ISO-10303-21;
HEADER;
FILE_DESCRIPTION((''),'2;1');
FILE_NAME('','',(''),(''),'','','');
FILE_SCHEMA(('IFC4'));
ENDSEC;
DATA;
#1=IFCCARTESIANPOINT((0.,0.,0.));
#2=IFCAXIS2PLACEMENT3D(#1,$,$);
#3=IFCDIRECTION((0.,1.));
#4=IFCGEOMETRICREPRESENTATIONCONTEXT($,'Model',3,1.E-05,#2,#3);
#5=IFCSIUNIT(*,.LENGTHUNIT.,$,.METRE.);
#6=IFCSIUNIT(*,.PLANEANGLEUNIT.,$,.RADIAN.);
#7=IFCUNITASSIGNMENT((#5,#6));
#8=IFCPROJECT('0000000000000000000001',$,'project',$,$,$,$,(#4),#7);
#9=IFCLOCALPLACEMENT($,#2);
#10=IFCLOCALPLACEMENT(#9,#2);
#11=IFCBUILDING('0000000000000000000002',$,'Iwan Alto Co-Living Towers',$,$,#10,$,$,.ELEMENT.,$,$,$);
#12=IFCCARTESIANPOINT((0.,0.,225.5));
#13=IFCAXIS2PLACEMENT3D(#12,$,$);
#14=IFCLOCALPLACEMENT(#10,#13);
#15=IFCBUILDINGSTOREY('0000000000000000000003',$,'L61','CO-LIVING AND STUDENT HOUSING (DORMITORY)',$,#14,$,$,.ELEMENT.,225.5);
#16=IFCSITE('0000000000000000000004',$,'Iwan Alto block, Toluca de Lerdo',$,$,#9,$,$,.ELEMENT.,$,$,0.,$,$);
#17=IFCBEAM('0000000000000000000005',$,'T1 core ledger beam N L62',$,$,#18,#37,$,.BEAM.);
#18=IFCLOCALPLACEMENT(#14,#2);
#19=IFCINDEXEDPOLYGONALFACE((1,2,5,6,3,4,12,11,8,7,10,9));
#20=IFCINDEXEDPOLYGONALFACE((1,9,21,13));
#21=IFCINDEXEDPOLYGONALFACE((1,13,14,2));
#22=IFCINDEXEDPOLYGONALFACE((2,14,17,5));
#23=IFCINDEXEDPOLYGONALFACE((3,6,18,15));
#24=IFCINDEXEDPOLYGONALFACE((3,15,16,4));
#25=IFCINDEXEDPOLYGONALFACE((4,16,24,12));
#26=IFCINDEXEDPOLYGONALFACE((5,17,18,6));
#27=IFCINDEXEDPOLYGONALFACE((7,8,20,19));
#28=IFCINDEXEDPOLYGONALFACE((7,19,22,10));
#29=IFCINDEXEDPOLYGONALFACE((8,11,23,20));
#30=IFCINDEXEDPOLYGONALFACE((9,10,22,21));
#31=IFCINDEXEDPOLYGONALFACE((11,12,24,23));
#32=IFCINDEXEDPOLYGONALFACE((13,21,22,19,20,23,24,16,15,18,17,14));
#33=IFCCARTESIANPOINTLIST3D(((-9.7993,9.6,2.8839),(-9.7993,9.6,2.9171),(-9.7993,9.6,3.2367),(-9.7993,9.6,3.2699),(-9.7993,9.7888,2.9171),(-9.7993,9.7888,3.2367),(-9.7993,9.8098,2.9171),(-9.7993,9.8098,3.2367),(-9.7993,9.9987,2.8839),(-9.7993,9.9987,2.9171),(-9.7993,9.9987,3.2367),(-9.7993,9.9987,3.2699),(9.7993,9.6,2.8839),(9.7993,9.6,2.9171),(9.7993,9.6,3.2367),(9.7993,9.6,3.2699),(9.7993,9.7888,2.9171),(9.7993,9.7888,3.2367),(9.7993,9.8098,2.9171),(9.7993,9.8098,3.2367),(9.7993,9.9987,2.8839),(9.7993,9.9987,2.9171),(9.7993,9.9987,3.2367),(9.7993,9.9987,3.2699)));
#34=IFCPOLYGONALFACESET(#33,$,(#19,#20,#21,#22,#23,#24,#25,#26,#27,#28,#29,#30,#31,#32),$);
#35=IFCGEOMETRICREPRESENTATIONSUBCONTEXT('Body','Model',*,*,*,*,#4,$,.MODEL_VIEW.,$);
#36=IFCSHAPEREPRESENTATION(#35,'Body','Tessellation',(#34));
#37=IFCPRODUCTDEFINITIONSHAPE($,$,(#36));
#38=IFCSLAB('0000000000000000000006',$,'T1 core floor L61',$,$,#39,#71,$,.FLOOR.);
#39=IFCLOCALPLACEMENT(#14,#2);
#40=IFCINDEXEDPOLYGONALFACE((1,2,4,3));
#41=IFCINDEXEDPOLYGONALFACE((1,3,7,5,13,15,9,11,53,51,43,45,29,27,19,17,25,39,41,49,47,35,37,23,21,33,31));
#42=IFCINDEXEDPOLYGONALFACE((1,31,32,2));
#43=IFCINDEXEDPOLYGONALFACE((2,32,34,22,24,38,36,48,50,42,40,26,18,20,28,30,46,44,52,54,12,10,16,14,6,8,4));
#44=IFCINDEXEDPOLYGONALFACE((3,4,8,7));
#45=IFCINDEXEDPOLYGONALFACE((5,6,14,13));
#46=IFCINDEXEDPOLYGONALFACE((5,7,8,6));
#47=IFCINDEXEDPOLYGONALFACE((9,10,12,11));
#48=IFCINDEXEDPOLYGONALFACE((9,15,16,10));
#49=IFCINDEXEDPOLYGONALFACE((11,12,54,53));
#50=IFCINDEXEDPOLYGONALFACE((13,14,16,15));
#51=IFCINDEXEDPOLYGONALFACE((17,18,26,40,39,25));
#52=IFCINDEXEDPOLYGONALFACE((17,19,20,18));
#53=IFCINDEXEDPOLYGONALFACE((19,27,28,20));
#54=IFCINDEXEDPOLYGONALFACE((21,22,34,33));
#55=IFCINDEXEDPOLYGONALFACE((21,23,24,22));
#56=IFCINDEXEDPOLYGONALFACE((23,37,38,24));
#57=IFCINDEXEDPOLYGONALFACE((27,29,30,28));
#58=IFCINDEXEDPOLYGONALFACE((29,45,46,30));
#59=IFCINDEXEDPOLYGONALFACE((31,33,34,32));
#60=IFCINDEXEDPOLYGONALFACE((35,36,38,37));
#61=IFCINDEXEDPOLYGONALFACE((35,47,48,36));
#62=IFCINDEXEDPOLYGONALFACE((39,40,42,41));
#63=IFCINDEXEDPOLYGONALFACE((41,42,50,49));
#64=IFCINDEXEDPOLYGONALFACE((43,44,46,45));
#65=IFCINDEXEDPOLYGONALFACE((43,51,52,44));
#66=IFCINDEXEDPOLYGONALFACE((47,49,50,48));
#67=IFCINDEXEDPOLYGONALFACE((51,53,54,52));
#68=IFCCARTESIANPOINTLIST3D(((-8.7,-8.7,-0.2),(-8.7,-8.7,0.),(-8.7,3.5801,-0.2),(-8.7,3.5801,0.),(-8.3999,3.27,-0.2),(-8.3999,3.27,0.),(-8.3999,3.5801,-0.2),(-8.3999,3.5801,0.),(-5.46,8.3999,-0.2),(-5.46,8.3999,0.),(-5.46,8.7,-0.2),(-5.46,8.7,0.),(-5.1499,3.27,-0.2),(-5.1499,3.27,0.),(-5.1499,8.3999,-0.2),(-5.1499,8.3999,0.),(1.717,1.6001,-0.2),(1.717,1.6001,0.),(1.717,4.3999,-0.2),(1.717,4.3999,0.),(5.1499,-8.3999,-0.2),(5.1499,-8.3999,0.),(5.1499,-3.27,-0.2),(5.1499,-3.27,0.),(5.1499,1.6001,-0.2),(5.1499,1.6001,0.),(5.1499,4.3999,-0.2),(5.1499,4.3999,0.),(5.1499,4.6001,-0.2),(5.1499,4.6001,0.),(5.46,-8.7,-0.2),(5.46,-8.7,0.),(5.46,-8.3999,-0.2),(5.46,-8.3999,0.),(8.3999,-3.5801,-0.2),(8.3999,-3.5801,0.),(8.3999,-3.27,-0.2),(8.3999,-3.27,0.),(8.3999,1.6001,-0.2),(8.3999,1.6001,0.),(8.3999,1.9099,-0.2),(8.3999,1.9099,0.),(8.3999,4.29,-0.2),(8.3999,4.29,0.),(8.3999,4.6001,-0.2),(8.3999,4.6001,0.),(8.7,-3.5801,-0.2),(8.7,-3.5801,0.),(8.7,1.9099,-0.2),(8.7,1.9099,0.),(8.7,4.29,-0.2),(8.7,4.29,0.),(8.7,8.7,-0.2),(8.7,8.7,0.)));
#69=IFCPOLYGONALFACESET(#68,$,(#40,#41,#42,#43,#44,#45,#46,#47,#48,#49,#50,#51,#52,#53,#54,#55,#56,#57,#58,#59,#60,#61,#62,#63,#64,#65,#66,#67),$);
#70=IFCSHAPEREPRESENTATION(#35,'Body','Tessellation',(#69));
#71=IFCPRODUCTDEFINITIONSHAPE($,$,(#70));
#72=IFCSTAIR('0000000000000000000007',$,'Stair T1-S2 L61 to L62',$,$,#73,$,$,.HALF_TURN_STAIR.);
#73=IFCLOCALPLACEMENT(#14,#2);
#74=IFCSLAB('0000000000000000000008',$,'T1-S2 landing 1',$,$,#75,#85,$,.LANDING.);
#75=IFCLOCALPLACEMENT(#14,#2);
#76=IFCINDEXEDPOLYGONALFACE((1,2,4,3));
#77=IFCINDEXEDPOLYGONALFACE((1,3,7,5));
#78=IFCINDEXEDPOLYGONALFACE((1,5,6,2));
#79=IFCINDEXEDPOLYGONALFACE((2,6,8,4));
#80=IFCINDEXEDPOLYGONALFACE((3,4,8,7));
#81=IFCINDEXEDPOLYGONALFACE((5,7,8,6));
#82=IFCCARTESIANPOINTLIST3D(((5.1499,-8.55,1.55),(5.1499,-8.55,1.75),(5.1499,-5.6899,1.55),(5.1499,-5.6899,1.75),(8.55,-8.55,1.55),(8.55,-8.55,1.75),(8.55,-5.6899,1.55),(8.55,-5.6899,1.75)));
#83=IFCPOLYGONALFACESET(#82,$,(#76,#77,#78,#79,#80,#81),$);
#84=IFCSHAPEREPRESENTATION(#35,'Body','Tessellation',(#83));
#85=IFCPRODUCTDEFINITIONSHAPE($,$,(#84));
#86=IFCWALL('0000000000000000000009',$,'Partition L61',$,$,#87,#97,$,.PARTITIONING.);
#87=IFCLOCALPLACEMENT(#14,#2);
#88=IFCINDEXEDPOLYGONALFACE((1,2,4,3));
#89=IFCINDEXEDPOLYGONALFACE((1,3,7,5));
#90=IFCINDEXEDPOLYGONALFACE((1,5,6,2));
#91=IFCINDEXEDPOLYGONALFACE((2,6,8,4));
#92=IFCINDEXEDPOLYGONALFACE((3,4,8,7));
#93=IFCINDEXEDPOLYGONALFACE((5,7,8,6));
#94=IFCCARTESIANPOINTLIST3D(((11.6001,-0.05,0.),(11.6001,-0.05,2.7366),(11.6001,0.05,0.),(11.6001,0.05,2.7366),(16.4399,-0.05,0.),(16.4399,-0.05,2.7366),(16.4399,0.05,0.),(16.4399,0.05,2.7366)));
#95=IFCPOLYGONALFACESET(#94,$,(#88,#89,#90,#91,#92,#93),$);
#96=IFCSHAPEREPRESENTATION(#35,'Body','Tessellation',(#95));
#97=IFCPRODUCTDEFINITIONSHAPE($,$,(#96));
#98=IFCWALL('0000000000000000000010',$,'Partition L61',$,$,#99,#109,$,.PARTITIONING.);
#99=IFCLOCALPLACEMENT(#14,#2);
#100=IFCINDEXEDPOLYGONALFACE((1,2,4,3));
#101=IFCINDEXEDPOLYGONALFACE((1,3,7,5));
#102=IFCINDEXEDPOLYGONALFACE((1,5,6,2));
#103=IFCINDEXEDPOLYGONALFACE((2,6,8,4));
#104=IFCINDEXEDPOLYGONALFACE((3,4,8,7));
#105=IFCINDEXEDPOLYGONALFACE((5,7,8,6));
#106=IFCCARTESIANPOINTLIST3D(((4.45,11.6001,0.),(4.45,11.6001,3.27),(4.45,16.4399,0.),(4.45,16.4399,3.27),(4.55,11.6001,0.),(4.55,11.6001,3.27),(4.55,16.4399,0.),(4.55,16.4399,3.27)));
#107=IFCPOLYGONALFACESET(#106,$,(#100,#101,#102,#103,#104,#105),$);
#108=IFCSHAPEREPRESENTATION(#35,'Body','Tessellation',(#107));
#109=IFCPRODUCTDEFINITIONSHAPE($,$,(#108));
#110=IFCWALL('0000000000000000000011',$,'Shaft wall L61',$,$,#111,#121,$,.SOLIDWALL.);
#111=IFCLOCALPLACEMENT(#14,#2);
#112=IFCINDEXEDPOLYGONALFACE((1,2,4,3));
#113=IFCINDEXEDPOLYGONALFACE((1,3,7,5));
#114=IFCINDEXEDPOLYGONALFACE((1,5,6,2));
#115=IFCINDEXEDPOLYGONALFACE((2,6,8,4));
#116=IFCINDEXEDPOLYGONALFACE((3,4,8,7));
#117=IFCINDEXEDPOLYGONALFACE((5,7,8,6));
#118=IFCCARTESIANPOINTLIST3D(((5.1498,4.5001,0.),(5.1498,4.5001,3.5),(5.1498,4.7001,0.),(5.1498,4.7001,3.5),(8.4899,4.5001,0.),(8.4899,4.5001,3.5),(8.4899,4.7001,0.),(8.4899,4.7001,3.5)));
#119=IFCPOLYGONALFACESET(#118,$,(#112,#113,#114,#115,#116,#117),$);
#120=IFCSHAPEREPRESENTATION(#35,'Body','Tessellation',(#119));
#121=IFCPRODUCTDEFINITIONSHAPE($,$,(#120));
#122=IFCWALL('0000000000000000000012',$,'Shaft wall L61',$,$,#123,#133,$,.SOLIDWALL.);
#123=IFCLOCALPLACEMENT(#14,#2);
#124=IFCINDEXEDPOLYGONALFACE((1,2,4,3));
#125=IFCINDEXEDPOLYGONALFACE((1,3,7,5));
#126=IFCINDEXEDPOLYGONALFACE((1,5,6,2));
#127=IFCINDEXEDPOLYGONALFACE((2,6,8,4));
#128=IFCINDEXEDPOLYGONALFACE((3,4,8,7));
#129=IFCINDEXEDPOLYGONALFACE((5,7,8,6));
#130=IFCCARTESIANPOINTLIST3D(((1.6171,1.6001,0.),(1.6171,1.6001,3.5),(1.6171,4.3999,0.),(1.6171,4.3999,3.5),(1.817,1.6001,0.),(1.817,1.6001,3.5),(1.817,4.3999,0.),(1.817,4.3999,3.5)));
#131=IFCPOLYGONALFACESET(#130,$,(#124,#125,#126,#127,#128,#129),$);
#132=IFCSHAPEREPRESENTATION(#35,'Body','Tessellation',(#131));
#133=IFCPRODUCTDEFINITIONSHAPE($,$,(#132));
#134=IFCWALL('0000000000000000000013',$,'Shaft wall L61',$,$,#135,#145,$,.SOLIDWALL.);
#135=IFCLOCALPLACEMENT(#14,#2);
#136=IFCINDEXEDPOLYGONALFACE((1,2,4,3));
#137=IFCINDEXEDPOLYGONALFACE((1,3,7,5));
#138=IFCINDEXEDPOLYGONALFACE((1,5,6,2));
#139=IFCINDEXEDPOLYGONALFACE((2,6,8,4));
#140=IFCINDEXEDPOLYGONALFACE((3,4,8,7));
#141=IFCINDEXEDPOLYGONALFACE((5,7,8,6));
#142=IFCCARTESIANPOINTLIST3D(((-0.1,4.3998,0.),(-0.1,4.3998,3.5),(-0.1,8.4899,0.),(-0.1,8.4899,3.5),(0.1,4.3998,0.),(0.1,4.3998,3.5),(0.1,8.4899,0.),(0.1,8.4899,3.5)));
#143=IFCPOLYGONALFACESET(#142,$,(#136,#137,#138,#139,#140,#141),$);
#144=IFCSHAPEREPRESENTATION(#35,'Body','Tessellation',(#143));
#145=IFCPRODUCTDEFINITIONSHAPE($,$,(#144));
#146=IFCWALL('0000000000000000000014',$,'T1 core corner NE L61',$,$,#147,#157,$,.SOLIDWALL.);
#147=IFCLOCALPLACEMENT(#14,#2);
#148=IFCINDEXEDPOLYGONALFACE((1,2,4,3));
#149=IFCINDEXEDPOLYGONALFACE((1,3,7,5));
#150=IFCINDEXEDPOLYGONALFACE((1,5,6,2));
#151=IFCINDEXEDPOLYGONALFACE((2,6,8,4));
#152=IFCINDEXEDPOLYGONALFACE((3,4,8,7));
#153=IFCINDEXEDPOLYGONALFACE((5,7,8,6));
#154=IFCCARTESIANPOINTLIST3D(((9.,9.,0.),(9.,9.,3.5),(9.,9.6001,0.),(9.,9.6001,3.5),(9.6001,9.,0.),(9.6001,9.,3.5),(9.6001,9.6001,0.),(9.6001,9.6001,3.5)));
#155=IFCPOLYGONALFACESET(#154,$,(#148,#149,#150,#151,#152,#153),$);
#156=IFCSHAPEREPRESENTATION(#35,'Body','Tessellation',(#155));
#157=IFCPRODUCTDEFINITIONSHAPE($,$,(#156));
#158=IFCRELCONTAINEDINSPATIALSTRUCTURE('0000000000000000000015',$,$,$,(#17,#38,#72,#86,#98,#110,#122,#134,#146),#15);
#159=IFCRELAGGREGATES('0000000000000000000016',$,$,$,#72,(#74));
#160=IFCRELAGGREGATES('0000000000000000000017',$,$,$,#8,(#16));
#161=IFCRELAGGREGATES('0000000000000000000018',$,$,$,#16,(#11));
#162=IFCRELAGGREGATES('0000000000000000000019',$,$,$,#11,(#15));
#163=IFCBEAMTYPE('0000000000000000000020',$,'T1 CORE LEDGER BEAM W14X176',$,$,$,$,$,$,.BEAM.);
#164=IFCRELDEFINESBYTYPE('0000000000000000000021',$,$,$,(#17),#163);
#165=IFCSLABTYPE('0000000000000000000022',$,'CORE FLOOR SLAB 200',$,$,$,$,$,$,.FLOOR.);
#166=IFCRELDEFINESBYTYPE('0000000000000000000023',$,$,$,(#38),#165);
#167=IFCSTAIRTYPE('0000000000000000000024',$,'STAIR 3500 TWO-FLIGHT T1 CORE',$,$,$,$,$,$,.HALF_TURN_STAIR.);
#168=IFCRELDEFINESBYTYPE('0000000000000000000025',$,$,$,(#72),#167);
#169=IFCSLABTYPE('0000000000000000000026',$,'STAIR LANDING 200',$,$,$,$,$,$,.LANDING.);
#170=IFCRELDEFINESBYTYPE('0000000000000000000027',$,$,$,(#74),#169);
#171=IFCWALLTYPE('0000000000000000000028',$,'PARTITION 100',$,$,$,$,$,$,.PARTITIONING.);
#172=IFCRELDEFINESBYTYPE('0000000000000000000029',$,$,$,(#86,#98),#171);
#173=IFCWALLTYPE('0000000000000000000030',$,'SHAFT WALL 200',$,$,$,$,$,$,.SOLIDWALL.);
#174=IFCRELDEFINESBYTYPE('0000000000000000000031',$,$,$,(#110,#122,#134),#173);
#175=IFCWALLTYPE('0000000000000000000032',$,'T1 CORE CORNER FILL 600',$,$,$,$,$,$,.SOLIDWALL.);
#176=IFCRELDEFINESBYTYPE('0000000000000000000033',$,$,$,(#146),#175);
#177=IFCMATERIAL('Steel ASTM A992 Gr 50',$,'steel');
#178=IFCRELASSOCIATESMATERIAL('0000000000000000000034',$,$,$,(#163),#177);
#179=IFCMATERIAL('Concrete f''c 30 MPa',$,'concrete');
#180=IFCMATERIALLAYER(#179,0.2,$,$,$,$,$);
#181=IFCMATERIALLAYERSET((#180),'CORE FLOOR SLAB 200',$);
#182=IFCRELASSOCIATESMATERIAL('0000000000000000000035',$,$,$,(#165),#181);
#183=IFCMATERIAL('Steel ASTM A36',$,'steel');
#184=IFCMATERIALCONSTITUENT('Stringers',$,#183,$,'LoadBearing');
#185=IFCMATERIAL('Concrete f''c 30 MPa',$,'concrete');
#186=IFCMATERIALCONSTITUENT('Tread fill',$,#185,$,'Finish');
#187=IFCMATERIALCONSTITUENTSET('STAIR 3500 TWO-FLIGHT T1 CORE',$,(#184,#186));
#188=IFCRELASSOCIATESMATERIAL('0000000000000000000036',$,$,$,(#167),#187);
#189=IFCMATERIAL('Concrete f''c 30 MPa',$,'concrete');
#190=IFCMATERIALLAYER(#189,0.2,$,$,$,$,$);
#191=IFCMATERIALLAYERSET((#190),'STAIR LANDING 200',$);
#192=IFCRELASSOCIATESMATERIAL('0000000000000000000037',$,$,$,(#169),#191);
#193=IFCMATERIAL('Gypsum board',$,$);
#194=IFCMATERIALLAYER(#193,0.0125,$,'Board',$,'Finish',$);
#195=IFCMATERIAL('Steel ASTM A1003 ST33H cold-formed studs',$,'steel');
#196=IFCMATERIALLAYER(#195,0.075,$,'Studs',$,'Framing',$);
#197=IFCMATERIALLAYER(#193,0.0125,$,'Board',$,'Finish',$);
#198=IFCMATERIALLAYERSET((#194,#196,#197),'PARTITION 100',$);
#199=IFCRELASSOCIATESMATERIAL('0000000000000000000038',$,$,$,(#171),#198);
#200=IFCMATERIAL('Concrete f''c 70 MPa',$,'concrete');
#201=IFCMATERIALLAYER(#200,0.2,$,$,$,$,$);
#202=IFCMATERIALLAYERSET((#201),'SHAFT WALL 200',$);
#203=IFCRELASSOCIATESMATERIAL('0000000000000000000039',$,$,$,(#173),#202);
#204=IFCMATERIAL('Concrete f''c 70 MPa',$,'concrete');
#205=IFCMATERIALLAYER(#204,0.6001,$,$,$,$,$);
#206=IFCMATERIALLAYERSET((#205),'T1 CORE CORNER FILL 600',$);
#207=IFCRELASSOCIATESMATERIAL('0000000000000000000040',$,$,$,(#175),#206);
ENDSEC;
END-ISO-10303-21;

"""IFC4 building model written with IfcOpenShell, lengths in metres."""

from ifc_helpers import new_model, si_unit, direction, frame, frame_2d, origin, origin_2d, place, context, subcontext, project, spatial, polyline, rectangle, i_section, outline, extrude, material, layer, layer_set, constituent, constituent_set, material_profile, profile_set, type_object, element, aggregate, save


model = new_model("IFC4")

# Units and contexts
model_context = context("Model", 3, precision=1e-05, world=origin(), true_north=direction((0.0, 1.0)))
body_context = subcontext(model_context, "Body", "Model", "MODEL_VIEW")
ifc_project = project(units=[si_unit("LENGTHUNIT", "METRE"), si_unit("PLANEANGLEUNIT", "RADIAN")], contexts=[model_context])

# Site, building, storey
site_placement = place(None, origin())
site = spatial("IfcSite", under=ifc_project, at=site_placement, Name="Iwan Alto block, Toluca de Lerdo", CompositionType="ELEMENT", RefElevation=0.0)
building_placement = place(site_placement, origin())
building = spatial("IfcBuilding", under=site, at=building_placement, Name="Iwan Alto Co-Living Towers", CompositionType="ELEMENT")
storey_placement = place(building_placement, frame((0.0, 0.0, 225.5)))
storey = spatial("IfcBuildingStorey", under=building, at=storey_placement, Name="L61", Description="CO-LIVING AND STUDENT HOUSING (DORMITORY)", CompositionType="ELEMENT", Elevation=225.5)

# Beam
ifc_material_1 = material(Name="Steel ASTM A992 Gr 50", Category="steel")
ifc_material_profile = material_profile(ifc_material_1, i_section(OverallWidth=0.3987, OverallDepth=0.386, WebThickness=0.021, FlangeThickness=0.0332, at=origin_2d()), Name="W14X176")
ifc_profile_set = profile_set([ifc_material_profile], Name="Steel ASTM A992 Gr 50")
beam_type = type_object("IfcBeamType", Name="T1 CORE LEDGER BEAM W14X176", PredefinedType="BEAM", material=ifc_profile_set)
beam_placement = place(storey_placement, frame((9.7993, 9.7993, 3.0769), z_axis=(-1.0, 0.0, 0.0), x_axis=(0.0, -1.0, 0.0)))
element("IfcBeam", 1, at=beam_placement, inside=storey, type_object=beam_type, Name="T1 core ledger beam N L62", PredefinedType="BEAM", context=body_context, shape_type="SweptSolid", body=[
    extrude(i_section(OverallWidth=0.3987, OverallDepth=0.386, WebThickness=0.021, FlangeThickness=0.0332, at=origin_2d()), origin(), (0.0, 0.0, 1.0), 19.5986),
])

# Slab
ifc_material_2 = material(Name="Concrete f'c 30 MPa", Category="concrete")
ifc_layer_1 = layer(ifc_material_2, 0.2)
ifc_layer_set_1 = layer_set([ifc_layer_1], Name="CORE FLOOR SLAB 200")
slab_type_1 = type_object("IfcSlabType", Name="CORE FLOOR SLAB 200", PredefinedType="FLOOR", material=ifc_layer_set_1)
slab_1_placement = place(storey_placement, frame((0.0, 0.0, -0.2)))
element("IfcSlab", 2, at=slab_1_placement, inside=storey, type_object=slab_type_1, Name="T1 core floor L61", PredefinedType="FLOOR", context=body_context, shape_type="SweptSolid", body=[
    extrude(outline(polyline([(-8.7, 3.5801), (-8.3999, 3.5801), (-8.3999, 3.27), (-5.1499, 3.27), (-5.1499, 8.3999), (-5.46, 8.3999), (-5.46, 8.7), (8.7, 8.7), (8.7, 4.29), (8.3999, 4.29), (8.3999, 4.6001), (5.1499, 4.6001), (5.1499, 4.3999), (1.717, 4.3999), (1.717, 1.6001), (5.1499, 1.6001), (8.3999, 1.6001), (8.3999, 1.9099), (8.7, 1.9099), (8.7, -3.5801), (8.3999, -3.5801), (8.3999, -3.27), (5.1499, -3.27), (5.1499, -8.3999), (5.46, -8.3999), (5.46, -8.7), (-8.7, -8.7), (-8.7, 3.5801)])), origin(), (0.0, 0.0, 1.0), 0.2),
])

# Stair, slab
ifc_material_3 = material(Name="Steel ASTM A36", Category="steel")
ifc_constituent_1 = constituent(ifc_material_3, Name="Stringers", Category="LoadBearing")
ifc_material_4 = material(Name="Concrete f'c 30 MPa", Category="concrete")
ifc_constituent_2 = constituent(ifc_material_4, Name="Tread fill", Category="Finish")
ifc_constituent_set = constituent_set(constituents=[ifc_constituent_1, ifc_constituent_2], Name="STAIR 3500 TWO-FLIGHT T1 CORE")
stair_type = type_object("IfcStairType", Name="STAIR 3500 TWO-FLIGHT T1 CORE", PredefinedType="HALF_TURN_STAIR", material=ifc_constituent_set)
stair_placement = place(storey_placement, origin())
stair = element("IfcStair", 3, at=stair_placement, inside=storey, type_object=stair_type, Name="Stair T1-S2 L61 to L62", PredefinedType="HALF_TURN_STAIR")
ifc_material_5 = material(Name="Concrete f'c 30 MPa", Category="concrete")
ifc_layer_2 = layer(ifc_material_5, 0.2)
ifc_layer_set_2 = layer_set([ifc_layer_2], Name="STAIR LANDING 200")
slab_type_2 = type_object("IfcSlabType", Name="STAIR LANDING 200", PredefinedType="LANDING", material=ifc_layer_set_2)
slab_2_placement = place(storey_placement, frame((0.0, 0.0, 1.55)))
slab_2 = element("IfcSlab", 4, at=slab_2_placement, type_object=slab_type_2, Name="T1-S2 landing 1", PredefinedType="LANDING", context=body_context, shape_type="SweptSolid", body=[
    extrude(outline(polyline([(5.1499, -5.6899), (5.1499, -8.55), (8.55, -8.55), (8.55, -5.6899), (5.1499, -5.6899)])), origin(), (0.0, 0.0, 1.0), 0.2),
])
aggregate(stair, [slab_2])

# Walls
ifc_material_6 = material(Name="Gypsum board")
ifc_layer_3 = layer(ifc_material_6, 0.0125, Name="Board", Category="Finish")
ifc_material_7 = material(Name="Steel ASTM A1003 ST33H cold-formed studs", Category="steel")
ifc_layer_4 = layer(ifc_material_7, 0.075, Name="Studs", Category="Framing")
ifc_layer_5 = layer(ifc_material_6, 0.0125, Name="Board", Category="Finish")
ifc_layer_set_3 = layer_set([ifc_layer_3, ifc_layer_4, ifc_layer_5], Name="PARTITION 100")
wall_type_1 = type_object("IfcWallType", Name="PARTITION 100", PredefinedType="PARTITIONING", material=ifc_layer_set_3)
wall_1_placement = place(storey_placement, frame((11.6001, 0.0, 0.0), z_axis=(0.0, 0.0, 1.0), x_axis=(1.0, 0.0, 0.0)))
element("IfcWall", 5, at=wall_1_placement, inside=storey, type_object=wall_type_1, Name="Partition L61", PredefinedType="PARTITIONING", context=body_context, shape_type="SweptSolid", body=[
    extrude(rectangle(XDim=4.8398, YDim=0.1001, at=frame_2d((2.4199, 0.0))), origin(), (0.0, 0.0, 1.0), 2.7366),
])
wall_2_placement = place(storey_placement, frame((4.5, 11.6001, 0.0), z_axis=(0.0, 0.0, 1.0), x_axis=(0.0, 1.0, 0.0)))
element("IfcWall", 6, at=wall_2_placement, inside=storey, type_object=wall_type_1, Name="Partition L61", PredefinedType="PARTITIONING", context=body_context, shape_type="SweptSolid", body=[
    extrude(rectangle(XDim=4.8398, YDim=0.1001, at=frame_2d((2.4199, 0.0))), origin(), (0.0, 0.0, 1.0), 3.27),
])
ifc_material_8 = material(Name="Concrete f'c 70 MPa", Category="concrete")
ifc_layer_6 = layer(ifc_material_8, 0.2)
ifc_layer_set_4 = layer_set([ifc_layer_6], Name="SHAFT WALL 200")
wall_type_2 = type_object("IfcWallType", Name="SHAFT WALL 200", PredefinedType="SOLIDWALL", material=ifc_layer_set_4)
wall_3_placement = place(storey_placement, frame((5.1499, 4.6001, 0.0), z_axis=(0.0, 0.0, 1.0), x_axis=(1.0, 0.0, 0.0)))
element("IfcWall", 7, at=wall_3_placement, inside=storey, type_object=wall_type_2, Name="Shaft wall L61", PredefinedType="SOLIDWALL", context=body_context, shape_type="SweptSolid", body=[
    extrude(rectangle(XDim=3.3401, YDim=0.2, at=frame_2d((1.6699, 0.0))), origin(), (0.0, 0.0, 1.0), 3.5),
])
wall_4_placement = place(storey_placement, frame((1.717, 1.6001, 0.0), z_axis=(0.0, 0.0, 1.0), x_axis=(0.0, 1.0, 0.0)))
element("IfcWall", 8, at=wall_4_placement, inside=storey, type_object=wall_type_2, Name="Shaft wall L61", PredefinedType="SOLIDWALL", context=body_context, shape_type="SweptSolid", body=[
    extrude(rectangle(XDim=2.7998, YDim=0.2, at=frame_2d((1.3999, 0.0))), origin(), (0.0, 0.0, 1.0), 3.5),
])
wall_5_placement = place(storey_placement, frame((0.0, 4.3999, 0.0), z_axis=(0.0, 0.0, 1.0), x_axis=(0.0, 1.0, 0.0)))
element("IfcWall", 9, at=wall_5_placement, inside=storey, type_object=wall_type_2, Name="Shaft wall L61", PredefinedType="SOLIDWALL", context=body_context, shape_type="SweptSolid", body=[
    extrude(rectangle(XDim=4.0901, YDim=0.2, at=frame_2d((2.0449, 0.0))), origin(), (0.0, 0.0, 1.0), 3.5),
])
ifc_material_9 = material(Name="Concrete f'c 70 MPa", Category="concrete")
ifc_layer_7 = layer(ifc_material_9, 0.6001)
ifc_layer_set_5 = layer_set([ifc_layer_7], Name="T1 CORE CORNER FILL 600")
wall_type_3 = type_object("IfcWallType", Name="T1 CORE CORNER FILL 600", PredefinedType="SOLIDWALL", material=ifc_layer_set_5)
wall_6_placement = place(storey_placement, frame((9.0, 9.3, 0.0), z_axis=(0.0, 0.0, 1.0), x_axis=(1.0, 0.0, 0.0)))
element("IfcWall", 10, at=wall_6_placement, inside=storey, type_object=wall_type_3, Name="T1 core corner NE L61", PredefinedType="SOLIDWALL", context=body_context, shape_type="SweptSolid", body=[
    extrude(rectangle(XDim=0.6001, YDim=0.6001, at=frame_2d((0.3, 0.0))), origin(), (0.0, 0.0, 1.0), 3.5),
])

save(model, "model.ifc")
